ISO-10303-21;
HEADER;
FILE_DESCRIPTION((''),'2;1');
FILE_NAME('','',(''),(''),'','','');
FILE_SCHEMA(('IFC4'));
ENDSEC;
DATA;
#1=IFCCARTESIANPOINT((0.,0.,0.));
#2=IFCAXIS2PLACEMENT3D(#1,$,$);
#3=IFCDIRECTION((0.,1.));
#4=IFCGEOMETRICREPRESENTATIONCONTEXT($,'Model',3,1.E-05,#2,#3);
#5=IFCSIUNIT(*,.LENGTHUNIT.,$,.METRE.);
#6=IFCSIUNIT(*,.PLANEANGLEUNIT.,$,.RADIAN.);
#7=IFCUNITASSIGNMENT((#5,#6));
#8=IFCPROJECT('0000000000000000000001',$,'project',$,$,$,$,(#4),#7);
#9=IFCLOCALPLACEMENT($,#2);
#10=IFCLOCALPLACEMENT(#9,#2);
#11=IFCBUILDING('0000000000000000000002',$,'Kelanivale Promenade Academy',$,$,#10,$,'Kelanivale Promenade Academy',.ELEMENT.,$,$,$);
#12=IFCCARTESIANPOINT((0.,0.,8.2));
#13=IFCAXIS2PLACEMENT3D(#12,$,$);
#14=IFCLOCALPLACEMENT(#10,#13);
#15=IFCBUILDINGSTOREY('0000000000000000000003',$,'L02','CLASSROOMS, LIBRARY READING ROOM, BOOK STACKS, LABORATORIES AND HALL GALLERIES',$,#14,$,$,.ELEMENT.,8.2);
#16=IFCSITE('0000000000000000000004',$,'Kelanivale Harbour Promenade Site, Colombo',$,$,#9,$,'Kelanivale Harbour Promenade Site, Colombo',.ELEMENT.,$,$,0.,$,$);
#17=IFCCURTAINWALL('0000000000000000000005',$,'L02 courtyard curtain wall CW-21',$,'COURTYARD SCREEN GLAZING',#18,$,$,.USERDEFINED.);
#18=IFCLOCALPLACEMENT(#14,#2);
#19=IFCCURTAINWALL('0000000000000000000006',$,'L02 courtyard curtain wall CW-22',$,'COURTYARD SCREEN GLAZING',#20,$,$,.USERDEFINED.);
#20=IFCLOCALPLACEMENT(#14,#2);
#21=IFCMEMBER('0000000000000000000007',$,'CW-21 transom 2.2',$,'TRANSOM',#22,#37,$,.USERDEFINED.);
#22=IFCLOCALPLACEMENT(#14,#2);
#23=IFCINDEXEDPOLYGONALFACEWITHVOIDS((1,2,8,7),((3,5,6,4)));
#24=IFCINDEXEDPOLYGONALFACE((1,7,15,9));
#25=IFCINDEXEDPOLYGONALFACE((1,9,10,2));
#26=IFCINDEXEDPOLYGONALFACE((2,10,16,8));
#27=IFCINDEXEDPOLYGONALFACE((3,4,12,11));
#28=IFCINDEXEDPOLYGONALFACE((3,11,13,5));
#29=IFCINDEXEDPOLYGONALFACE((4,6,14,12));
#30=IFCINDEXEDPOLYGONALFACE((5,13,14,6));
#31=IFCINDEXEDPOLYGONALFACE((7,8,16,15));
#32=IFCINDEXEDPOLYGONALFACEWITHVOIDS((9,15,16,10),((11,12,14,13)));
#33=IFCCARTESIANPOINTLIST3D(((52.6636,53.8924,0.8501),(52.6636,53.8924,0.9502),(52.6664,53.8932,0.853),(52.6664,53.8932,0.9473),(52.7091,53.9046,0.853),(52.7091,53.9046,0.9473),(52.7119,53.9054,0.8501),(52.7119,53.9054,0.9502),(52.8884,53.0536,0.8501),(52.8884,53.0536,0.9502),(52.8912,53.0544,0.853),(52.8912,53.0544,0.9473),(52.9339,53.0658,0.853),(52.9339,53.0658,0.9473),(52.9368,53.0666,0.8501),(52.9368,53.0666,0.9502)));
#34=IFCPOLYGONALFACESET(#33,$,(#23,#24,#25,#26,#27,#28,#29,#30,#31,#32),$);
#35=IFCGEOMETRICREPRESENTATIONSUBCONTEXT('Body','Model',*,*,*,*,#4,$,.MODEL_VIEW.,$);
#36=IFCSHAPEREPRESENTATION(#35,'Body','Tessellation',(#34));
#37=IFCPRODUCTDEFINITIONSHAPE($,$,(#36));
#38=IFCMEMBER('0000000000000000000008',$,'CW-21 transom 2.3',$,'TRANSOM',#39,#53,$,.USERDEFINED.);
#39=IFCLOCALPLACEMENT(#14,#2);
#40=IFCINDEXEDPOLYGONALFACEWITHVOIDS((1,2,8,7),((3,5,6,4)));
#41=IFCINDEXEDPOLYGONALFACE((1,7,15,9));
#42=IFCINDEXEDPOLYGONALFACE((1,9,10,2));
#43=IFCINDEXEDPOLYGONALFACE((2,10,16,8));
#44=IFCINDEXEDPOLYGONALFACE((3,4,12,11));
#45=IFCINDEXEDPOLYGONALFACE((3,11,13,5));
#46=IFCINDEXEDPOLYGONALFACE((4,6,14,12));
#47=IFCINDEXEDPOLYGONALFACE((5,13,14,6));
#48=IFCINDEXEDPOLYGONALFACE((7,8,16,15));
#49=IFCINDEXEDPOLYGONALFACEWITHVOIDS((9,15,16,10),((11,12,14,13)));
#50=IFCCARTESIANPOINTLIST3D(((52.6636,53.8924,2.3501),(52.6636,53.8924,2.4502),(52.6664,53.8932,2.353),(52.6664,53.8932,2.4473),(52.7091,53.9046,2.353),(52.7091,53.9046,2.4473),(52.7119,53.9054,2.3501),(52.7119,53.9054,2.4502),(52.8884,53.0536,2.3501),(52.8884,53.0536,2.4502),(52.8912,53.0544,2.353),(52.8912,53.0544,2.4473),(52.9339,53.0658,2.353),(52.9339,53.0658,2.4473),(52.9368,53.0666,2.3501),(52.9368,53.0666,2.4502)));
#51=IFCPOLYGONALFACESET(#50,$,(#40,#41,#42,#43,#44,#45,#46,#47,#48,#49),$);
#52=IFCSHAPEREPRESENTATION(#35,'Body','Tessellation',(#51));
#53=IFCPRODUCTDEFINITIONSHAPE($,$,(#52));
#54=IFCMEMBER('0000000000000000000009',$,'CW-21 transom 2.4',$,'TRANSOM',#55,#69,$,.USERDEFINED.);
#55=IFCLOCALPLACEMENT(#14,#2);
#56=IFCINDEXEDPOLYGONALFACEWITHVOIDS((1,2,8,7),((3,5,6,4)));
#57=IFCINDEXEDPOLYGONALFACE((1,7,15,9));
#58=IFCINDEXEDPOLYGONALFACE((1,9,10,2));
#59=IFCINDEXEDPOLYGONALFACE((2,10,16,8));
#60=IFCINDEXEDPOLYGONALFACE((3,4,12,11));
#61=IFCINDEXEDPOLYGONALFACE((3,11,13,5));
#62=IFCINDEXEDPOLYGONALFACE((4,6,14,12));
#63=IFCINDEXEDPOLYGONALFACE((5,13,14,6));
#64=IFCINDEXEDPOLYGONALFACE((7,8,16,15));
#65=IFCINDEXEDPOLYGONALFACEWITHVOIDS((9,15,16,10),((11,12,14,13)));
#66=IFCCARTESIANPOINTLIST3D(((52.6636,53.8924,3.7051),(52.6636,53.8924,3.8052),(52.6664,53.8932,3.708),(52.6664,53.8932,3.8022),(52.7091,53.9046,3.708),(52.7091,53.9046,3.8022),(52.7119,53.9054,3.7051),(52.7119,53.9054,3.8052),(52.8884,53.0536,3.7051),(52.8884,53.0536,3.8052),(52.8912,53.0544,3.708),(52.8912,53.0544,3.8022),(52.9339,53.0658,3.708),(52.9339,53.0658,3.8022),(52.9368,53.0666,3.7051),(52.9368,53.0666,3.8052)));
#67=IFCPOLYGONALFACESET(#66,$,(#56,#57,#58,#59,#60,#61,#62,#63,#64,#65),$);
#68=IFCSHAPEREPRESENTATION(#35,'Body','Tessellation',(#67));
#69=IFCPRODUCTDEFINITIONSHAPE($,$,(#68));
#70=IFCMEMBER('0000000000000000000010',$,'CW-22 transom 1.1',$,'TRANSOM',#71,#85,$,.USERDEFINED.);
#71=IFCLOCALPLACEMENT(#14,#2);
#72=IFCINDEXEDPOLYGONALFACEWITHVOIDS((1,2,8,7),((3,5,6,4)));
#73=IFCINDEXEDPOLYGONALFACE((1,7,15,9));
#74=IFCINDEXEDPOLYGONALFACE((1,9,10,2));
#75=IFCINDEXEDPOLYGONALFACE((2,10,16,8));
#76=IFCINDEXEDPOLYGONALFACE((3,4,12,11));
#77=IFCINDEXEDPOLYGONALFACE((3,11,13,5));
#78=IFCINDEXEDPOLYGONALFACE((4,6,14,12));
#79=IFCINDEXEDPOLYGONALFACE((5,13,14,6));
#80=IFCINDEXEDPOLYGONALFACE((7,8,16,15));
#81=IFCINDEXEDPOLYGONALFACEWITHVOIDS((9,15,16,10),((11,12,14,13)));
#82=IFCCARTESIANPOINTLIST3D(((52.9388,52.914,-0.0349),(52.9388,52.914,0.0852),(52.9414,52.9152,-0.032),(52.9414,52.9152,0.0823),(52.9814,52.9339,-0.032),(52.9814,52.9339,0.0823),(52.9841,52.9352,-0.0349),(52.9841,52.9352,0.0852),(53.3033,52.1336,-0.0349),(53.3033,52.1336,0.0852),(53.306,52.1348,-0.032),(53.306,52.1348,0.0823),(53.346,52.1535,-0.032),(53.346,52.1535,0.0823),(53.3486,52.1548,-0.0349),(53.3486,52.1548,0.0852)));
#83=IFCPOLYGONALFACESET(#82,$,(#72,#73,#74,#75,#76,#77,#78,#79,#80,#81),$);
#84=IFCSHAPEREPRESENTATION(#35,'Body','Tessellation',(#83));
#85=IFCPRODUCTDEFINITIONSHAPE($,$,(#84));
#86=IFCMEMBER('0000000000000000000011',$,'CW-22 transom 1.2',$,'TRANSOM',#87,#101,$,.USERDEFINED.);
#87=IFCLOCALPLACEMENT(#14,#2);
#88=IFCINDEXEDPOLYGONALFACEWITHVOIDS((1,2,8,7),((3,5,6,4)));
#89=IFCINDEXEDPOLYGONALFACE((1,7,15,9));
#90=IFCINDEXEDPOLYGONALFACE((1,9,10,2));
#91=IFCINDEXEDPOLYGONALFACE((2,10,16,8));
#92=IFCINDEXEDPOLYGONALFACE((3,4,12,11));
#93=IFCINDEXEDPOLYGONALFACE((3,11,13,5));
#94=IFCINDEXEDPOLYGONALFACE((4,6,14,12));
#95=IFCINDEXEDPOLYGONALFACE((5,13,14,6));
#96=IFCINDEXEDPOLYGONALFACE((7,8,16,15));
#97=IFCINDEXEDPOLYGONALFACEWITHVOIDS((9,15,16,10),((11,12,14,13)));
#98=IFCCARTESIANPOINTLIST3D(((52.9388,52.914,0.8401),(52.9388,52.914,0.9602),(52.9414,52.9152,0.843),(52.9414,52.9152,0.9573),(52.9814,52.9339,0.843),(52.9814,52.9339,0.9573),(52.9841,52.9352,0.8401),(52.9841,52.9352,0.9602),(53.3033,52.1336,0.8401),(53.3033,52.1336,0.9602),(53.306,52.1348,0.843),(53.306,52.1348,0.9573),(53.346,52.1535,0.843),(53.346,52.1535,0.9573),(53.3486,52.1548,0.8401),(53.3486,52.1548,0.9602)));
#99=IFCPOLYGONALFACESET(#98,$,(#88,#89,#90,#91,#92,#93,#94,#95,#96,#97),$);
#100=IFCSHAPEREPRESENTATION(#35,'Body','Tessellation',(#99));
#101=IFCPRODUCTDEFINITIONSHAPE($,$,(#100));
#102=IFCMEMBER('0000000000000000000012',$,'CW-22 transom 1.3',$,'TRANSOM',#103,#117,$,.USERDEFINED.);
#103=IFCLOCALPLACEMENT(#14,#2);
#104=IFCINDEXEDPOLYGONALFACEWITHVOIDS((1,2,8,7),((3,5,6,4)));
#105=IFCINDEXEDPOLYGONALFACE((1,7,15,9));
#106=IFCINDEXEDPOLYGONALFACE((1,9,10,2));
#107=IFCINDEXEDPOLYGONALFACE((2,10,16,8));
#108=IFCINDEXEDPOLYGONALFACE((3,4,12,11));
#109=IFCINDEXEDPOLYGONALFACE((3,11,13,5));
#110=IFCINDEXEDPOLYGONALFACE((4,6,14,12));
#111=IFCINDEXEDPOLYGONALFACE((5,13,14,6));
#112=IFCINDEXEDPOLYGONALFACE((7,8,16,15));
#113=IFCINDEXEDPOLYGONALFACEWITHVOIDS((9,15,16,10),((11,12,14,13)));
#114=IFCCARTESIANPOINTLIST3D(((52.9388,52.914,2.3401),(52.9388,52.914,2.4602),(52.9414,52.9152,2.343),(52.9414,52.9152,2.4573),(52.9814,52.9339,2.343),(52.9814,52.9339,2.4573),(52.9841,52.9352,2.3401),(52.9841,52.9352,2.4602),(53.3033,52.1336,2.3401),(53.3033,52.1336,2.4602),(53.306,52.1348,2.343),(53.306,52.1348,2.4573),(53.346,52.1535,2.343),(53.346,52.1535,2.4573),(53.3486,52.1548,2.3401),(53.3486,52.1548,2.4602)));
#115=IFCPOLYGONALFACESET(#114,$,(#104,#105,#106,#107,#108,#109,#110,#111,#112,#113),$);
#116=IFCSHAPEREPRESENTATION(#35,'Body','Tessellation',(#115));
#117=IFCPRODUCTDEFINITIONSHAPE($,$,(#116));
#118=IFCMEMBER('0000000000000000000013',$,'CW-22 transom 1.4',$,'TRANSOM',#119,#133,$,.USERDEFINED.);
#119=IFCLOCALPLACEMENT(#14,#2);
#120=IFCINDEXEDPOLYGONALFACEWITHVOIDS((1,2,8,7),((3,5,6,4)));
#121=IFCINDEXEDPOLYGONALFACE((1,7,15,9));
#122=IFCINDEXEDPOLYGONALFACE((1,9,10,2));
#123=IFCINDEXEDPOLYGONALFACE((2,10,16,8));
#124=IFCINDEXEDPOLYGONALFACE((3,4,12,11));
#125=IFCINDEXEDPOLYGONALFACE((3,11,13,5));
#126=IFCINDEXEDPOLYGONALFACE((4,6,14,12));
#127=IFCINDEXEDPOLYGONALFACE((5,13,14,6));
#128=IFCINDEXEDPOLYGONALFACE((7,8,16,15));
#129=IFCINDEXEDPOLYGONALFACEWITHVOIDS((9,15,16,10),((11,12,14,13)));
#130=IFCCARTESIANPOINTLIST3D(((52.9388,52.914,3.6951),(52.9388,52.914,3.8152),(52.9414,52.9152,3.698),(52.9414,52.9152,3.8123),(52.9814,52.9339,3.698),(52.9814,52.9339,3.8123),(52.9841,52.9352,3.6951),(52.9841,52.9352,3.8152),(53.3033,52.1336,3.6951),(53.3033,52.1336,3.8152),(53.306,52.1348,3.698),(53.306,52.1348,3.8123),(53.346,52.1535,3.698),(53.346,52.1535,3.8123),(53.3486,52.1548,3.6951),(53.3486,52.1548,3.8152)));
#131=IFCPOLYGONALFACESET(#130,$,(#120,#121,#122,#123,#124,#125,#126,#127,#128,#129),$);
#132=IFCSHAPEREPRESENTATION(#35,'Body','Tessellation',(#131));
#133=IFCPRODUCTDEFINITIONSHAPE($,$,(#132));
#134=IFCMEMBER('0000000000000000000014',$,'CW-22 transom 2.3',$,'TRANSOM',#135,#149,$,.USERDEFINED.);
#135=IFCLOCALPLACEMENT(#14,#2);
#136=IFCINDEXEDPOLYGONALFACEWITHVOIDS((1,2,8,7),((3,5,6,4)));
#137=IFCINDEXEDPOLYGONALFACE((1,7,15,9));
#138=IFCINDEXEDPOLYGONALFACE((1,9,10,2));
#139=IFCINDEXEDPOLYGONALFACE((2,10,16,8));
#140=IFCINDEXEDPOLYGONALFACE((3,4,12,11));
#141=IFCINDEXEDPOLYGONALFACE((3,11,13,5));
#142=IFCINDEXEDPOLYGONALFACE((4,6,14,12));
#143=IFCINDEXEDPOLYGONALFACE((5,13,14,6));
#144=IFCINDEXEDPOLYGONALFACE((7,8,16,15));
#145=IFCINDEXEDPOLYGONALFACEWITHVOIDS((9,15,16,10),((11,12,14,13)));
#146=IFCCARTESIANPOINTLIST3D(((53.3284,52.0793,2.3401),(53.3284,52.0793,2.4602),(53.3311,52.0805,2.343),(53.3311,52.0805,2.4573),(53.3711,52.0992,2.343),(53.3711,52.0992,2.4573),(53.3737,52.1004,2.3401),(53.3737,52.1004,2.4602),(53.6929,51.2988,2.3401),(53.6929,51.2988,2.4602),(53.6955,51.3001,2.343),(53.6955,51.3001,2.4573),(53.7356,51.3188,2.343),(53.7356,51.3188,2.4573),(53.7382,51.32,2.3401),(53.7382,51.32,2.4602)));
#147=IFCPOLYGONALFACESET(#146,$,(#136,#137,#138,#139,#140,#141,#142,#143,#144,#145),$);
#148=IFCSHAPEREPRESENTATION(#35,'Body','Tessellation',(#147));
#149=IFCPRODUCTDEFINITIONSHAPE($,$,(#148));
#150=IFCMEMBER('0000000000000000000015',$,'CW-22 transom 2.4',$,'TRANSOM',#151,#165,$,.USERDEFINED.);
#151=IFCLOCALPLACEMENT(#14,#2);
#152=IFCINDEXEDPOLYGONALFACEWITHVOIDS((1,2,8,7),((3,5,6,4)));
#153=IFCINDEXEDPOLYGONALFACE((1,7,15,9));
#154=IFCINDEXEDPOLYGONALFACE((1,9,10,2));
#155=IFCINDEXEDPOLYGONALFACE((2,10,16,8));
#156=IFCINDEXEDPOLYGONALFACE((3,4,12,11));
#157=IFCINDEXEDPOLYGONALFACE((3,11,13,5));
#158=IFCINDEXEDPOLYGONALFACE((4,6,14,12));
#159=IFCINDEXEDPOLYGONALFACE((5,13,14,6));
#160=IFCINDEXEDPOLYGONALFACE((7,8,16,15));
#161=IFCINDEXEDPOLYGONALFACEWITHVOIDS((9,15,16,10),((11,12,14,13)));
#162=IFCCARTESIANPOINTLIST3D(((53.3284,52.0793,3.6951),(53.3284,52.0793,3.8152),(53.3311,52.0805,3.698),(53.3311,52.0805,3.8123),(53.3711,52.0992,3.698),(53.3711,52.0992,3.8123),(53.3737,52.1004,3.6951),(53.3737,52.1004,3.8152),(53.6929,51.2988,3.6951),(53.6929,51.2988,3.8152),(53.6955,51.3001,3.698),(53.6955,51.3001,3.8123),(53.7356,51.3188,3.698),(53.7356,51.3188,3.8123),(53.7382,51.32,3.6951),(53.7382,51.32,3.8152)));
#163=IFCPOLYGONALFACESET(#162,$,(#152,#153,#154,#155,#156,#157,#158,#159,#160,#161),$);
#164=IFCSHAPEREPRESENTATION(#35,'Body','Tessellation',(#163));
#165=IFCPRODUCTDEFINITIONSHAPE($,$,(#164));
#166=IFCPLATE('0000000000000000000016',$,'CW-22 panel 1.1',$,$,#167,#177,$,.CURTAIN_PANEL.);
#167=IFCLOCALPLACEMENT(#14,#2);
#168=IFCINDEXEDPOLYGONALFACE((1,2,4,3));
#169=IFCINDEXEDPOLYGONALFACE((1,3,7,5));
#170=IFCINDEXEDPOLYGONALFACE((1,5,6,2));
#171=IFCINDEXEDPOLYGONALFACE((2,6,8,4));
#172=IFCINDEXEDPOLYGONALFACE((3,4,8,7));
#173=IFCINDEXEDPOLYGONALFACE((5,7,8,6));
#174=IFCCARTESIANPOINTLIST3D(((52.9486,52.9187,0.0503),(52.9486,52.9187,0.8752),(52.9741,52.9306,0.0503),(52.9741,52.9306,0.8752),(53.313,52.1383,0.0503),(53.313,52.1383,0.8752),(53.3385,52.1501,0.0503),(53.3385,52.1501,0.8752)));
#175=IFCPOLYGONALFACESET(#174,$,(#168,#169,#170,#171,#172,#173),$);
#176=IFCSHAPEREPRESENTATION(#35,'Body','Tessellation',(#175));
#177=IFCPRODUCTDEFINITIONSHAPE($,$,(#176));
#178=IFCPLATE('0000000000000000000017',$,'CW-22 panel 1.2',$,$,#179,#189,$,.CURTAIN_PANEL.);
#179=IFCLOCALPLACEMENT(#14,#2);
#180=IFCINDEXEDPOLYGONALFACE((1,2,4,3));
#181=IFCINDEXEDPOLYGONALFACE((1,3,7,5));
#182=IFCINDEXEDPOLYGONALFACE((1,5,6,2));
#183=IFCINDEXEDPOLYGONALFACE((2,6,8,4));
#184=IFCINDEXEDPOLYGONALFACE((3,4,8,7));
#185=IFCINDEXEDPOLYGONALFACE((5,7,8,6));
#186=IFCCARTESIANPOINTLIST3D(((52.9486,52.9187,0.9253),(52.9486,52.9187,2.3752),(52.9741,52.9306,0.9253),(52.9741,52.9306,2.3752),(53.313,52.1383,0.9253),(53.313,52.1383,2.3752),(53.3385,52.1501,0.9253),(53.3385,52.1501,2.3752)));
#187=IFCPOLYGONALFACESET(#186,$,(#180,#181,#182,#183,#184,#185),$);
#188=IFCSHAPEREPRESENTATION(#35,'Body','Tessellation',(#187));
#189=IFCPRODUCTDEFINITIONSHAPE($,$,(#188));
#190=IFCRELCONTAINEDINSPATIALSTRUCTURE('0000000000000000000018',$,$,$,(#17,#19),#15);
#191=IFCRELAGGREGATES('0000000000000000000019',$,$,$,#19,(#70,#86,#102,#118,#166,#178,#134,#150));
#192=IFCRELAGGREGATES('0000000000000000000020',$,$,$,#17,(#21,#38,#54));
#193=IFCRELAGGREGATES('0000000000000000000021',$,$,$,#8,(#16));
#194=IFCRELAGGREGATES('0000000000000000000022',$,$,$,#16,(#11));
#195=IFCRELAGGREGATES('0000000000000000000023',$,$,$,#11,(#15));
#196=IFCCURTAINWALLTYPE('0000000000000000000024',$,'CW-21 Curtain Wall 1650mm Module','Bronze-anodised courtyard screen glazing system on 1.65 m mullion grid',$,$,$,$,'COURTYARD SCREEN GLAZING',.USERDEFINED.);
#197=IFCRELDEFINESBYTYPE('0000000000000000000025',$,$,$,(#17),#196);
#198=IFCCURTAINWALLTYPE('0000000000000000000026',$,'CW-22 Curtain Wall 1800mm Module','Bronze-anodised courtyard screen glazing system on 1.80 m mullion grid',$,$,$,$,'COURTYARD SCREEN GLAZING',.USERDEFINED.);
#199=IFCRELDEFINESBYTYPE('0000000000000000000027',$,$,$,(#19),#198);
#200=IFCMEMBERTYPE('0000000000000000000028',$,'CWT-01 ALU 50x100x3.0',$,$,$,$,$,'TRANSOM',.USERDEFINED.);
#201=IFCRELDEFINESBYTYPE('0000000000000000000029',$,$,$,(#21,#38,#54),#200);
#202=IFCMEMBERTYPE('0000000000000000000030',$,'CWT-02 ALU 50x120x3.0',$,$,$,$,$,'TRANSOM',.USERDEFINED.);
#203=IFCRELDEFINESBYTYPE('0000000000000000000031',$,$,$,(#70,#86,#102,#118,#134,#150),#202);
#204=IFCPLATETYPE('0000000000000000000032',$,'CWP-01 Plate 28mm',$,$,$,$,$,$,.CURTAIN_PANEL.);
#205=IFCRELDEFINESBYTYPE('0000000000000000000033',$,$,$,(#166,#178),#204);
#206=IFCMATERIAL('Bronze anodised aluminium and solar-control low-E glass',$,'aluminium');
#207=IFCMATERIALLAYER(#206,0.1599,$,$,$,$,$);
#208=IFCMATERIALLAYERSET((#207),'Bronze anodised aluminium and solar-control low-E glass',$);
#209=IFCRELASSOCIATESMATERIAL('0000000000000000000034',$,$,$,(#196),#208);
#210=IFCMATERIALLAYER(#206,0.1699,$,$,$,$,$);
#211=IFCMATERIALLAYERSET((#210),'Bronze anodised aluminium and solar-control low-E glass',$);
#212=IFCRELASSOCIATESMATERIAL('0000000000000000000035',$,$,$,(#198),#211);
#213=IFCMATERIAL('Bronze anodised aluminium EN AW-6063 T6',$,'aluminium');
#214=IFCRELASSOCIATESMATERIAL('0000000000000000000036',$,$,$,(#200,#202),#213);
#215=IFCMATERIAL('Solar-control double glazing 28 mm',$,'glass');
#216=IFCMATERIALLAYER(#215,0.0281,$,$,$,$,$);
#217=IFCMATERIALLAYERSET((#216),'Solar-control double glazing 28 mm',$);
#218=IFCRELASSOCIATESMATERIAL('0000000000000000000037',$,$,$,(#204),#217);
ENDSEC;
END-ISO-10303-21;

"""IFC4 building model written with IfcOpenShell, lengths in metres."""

from ifc_helpers import new_model, si_unit, direction, frame, origin, origin_2d, place, context, subcontext, project, spatial, rectangle, hollow_rectangle, extrude, material, layer, layer_set, material_profile, profile_set, type_object, element, aggregate, save


model = new_model("IFC4")

# Units and contexts
model_context = context("Model", 3, precision=1e-05, world=origin(), true_north=direction((0.0, 1.0)))
body_context = subcontext(model_context, "Body", "Model", "MODEL_VIEW")
ifc_project = project(units=[si_unit("LENGTHUNIT", "METRE"), si_unit("PLANEANGLEUNIT", "RADIAN")], contexts=[model_context])

# Site, building, storey
site_placement = place(None, origin())
site = spatial("IfcSite", under=ifc_project, at=site_placement, Name="Kelanivale Harbour Promenade Site, Colombo", LongName="Kelanivale Harbour Promenade Site, Colombo", CompositionType="ELEMENT", RefElevation=0.0)
building_placement = place(site_placement, origin())
building = spatial("IfcBuilding", under=site, at=building_placement, Name="Kelanivale Promenade Academy", LongName="Kelanivale Promenade Academy", CompositionType="ELEMENT")
storey_placement = place(building_placement, frame((0.0, 0.0, 8.2)))
storey = spatial("IfcBuildingStorey", under=building, at=storey_placement, Name="L02", Description="CLASSROOMS, LIBRARY READING ROOM, BOOK STACKS, LABORATORIES AND HALL GALLERIES", CompositionType="ELEMENT", Elevation=8.2)

# Curtain walls
ifc_material_1 = material(Name="Bronze anodised aluminium and solar-control low-E glass", Category="aluminium")
ifc_layer_1 = layer(ifc_material_1, 0.1599)
ifc_layer_set_1 = layer_set([ifc_layer_1], Name="Bronze anodised aluminium and solar-control low-E glass")
curtain_wall_type_1 = type_object("IfcCurtainWallType", Name="CW-21 Curtain Wall 1650mm Module", Description="Bronze-anodised courtyard screen glazing system on 1.65 m mullion grid", ElementType="COURTYARD SCREEN GLAZING", PredefinedType="USERDEFINED", material=ifc_layer_set_1)
curtain_wall_1_placement = place(storey_placement, origin())
curtain_wall_1 = element("IfcCurtainWall", 1, at=curtain_wall_1_placement, inside=storey, type_object=curtain_wall_type_1, Name="L02 courtyard curtain wall CW-21", ObjectType="COURTYARD SCREEN GLAZING", PredefinedType="USERDEFINED")
ifc_material_2 = material(Name="Bronze anodised aluminium EN AW-6063 T6", Category="aluminium")
ifc_layer_2 = layer(ifc_material_1, 0.1699)
ifc_layer_set_2 = layer_set([ifc_layer_2], Name="Bronze anodised aluminium and solar-control low-E glass")
curtain_wall_type_2 = type_object("IfcCurtainWallType", Name="CW-22 Curtain Wall 1800mm Module", Description="Bronze-anodised courtyard screen glazing system on 1.80 m mullion grid", ElementType="COURTYARD SCREEN GLAZING", PredefinedType="USERDEFINED", material=ifc_layer_set_2)
curtain_wall_2_placement = place(storey_placement, origin())
curtain_wall_2 = element("IfcCurtainWall", 2, at=curtain_wall_2_placement, inside=storey, type_object=curtain_wall_type_2, Name="L02 courtyard curtain wall CW-22", ObjectType="COURTYARD SCREEN GLAZING", PredefinedType="USERDEFINED")

# Members
ifc_material_profile_1 = material_profile(ifc_material_2, hollow_rectangle(XDim=0.05, YDim=0.1001, WallThickness=0.0029, at=origin_2d()), Name="ALU 50x100x3.0")
ifc_profile_set_1 = profile_set([ifc_material_profile_1], Name="Bronze anodised aluminium EN AW-6063 T6")
member_type_1 = type_object("IfcMemberType", Name="CWT-01 ALU 50x100x3.0", ElementType="TRANSOM", PredefinedType="USERDEFINED", material=ifc_profile_set_1)
member_1_placement = place(storey_placement, frame((52.6877, 53.8989, 0.9001), z_axis=(0.258905, -0.965903, 0.0), x_axis=(0.965903, 0.258905, 0.0)))
member_1 = element("IfcMember", 3, at=member_1_placement, type_object=member_type_1, Name="CW-21 transom 2.2", ObjectType="TRANSOM", PredefinedType="USERDEFINED", context=body_context, shape_type="SweptSolid", body=[
    extrude(hollow_rectangle(XDim=0.05, YDim=0.1001, WallThickness=0.0029, at=origin_2d()), origin(), (0.0, 0.0, 1.0), 0.8684),
])
member_2_placement = place(storey_placement, frame((52.6877, 53.8989, 2.4001), z_axis=(0.258905, -0.965903, 0.0), x_axis=(0.965903, 0.258905, 0.0)))
member_2 = element("IfcMember", 4, at=member_2_placement, type_object=member_type_1, Name="CW-21 transom 2.3", ObjectType="TRANSOM", PredefinedType="USERDEFINED", context=body_context, shape_type="SweptSolid", body=[
    extrude(hollow_rectangle(XDim=0.05, YDim=0.1001, WallThickness=0.0029, at=origin_2d()), origin(), (0.0, 0.0, 1.0), 0.8684),
])
member_3_placement = place(storey_placement, frame((52.6877, 53.8989, 3.7551), z_axis=(0.258905, -0.965903, 0.0), x_axis=(0.965903, 0.258905, 0.0)))
member_3 = element("IfcMember", 5, at=member_3_placement, type_object=member_type_1, Name="CW-21 transom 2.4", ObjectType="TRANSOM", PredefinedType="USERDEFINED", context=body_context, shape_type="SweptSolid", body=[
    extrude(hollow_rectangle(XDim=0.05, YDim=0.1001, WallThickness=0.0029, at=origin_2d()), origin(), (0.0, 0.0, 1.0), 0.8684),
])
ifc_material_profile_2 = material_profile(ifc_material_2, hollow_rectangle(XDim=0.05, YDim=0.1201, WallThickness=0.0029, at=origin_2d()), Name="ALU 50x120x3.0")
ifc_profile_set_2 = profile_set([ifc_material_profile_2], Name="Bronze anodised aluminium EN AW-6063 T6")
member_type_2 = type_object("IfcMemberType", Name="CWT-02 ALU 50x120x3.0", ElementType="TRANSOM", PredefinedType="USERDEFINED", material=ifc_profile_set_2)
member_4_placement = place(storey_placement, frame((52.9614, 52.9246, 0.0251), z_axis=(0.423242, -0.906016, 0.0), x_axis=(0.906016, 0.423242, 0.0)))
member_4 = element("IfcMember", 6, at=member_4_placement, type_object=member_type_2, Name="CW-22 transom 1.1", ObjectType="TRANSOM", PredefinedType="USERDEFINED", context=body_context, shape_type="SweptSolid", body=[
    extrude(hollow_rectangle(XDim=0.05, YDim=0.1201, WallThickness=0.0029, at=origin_2d()), origin(), (0.0, 0.0, 1.0), 0.8613),
])
member_5_placement = place(storey_placement, frame((52.9614, 52.9246, 0.9001), z_axis=(0.423242, -0.906016, 0.0), x_axis=(0.906016, 0.423242, 0.0)))
member_5 = element("IfcMember", 7, at=member_5_placement, type_object=member_type_2, Name="CW-22 transom 1.2", ObjectType="TRANSOM", PredefinedType="USERDEFINED", context=body_context, shape_type="SweptSolid", body=[
    extrude(hollow_rectangle(XDim=0.05, YDim=0.1201, WallThickness=0.0029, at=origin_2d()), origin(), (0.0, 0.0, 1.0), 0.8613),
])
member_6_placement = place(storey_placement, frame((52.9614, 52.9246, 2.4001), z_axis=(0.423242, -0.906016, 0.0), x_axis=(0.906016, 0.423242, 0.0)))
member_6 = element("IfcMember", 8, at=member_6_placement, type_object=member_type_2, Name="CW-22 transom 1.3", ObjectType="TRANSOM", PredefinedType="USERDEFINED", context=body_context, shape_type="SweptSolid", body=[
    extrude(hollow_rectangle(XDim=0.05, YDim=0.1201, WallThickness=0.0029, at=origin_2d()), origin(), (0.0, 0.0, 1.0), 0.8613),
])
member_7_placement = place(storey_placement, frame((52.9614, 52.9246, 3.7551), z_axis=(0.423242, -0.906016, 0.0), x_axis=(0.906016, 0.423242, 0.0)))
member_7 = element("IfcMember", 9, at=member_7_placement, type_object=member_type_2, Name="CW-22 transom 1.4", ObjectType="TRANSOM", PredefinedType="USERDEFINED", context=body_context, shape_type="SweptSolid", body=[
    extrude(hollow_rectangle(XDim=0.05, YDim=0.1201, WallThickness=0.0029, at=origin_2d()), origin(), (0.0, 0.0, 1.0), 0.8613),
])
member_8_placement = place(storey_placement, frame((53.3511, 52.0898, 2.4001), z_axis=(0.423134, -0.906067, 0.0), x_axis=(0.906067, 0.423134, 0.0)))
member_8 = element("IfcMember", 10, at=member_8_placement, type_object=member_type_2, Name="CW-22 transom 2.3", ObjectType="TRANSOM", PredefinedType="USERDEFINED", context=body_context, shape_type="SweptSolid", body=[
    extrude(hollow_rectangle(XDim=0.05, YDim=0.1201, WallThickness=0.0029, at=origin_2d()), origin(), (0.0, 0.0, 1.0), 0.8613),
])
member_9_placement = place(storey_placement, frame((53.3511, 52.0898, 3.7551), z_axis=(0.423134, -0.906067, 0.0), x_axis=(0.906067, 0.423134, 0.0)))
member_9 = element("IfcMember", 11, at=member_9_placement, type_object=member_type_2, Name="CW-22 transom 2.4", ObjectType="TRANSOM", PredefinedType="USERDEFINED", context=body_context, shape_type="SweptSolid", body=[
    extrude(hollow_rectangle(XDim=0.05, YDim=0.1201, WallThickness=0.0029, at=origin_2d()), origin(), (0.0, 0.0, 1.0), 0.8613),
])

# Plates
ifc_material_3 = material(Name="Solar-control double glazing 28 mm", Category="glass")
ifc_layer_3 = layer(ifc_material_3, 0.0281)
ifc_layer_set_3 = layer_set([ifc_layer_3], Name="Solar-control double glazing 28 mm")
plate_type_1 = type_object("IfcPlateType", Name="CWP-01 Plate 28mm", PredefinedType="CURTAIN_PANEL", material=ifc_layer_set_3)
plate_1_placement = place(storey_placement, frame((53.1436, 52.5344, 0.0503), z_axis=(0.0, 0.0, 1.0), x_axis=(0.423087, -0.906089, 0.0)))
plate_1 = element("IfcPlate", 12, at=plate_1_placement, type_object=plate_type_1, Name="CW-22 panel 1.1", PredefinedType="CURTAIN_PANEL", context=body_context, shape_type="SweptSolid", body=[
    extrude(rectangle(XDim=0.8613, YDim=0.0281, at=origin_2d()), origin(), (0.0, 0.0, 1.0), 0.825),
])
plate_2_placement = place(storey_placement, frame((53.1436, 52.5344, 0.9253), z_axis=(0.0, 0.0, 1.0), x_axis=(0.423087, -0.906089, 0.0)))
plate_2 = element("IfcPlate", 13, at=plate_2_placement, type_object=plate_type_1, Name="CW-22 panel 1.2", PredefinedType="CURTAIN_PANEL", context=body_context, shape_type="SweptSolid", body=[
    extrude(rectangle(XDim=0.8613, YDim=0.0281, at=origin_2d()), origin(), (0.0, 0.0, 1.0), 1.45),
])
aggregate(curtain_wall_2, [member_4, member_5, member_6, member_7, plate_1, plate_2, member_8, member_9])
aggregate(curtain_wall_1, [member_1, member_2, member_3])

save(model, "model.ifc")
